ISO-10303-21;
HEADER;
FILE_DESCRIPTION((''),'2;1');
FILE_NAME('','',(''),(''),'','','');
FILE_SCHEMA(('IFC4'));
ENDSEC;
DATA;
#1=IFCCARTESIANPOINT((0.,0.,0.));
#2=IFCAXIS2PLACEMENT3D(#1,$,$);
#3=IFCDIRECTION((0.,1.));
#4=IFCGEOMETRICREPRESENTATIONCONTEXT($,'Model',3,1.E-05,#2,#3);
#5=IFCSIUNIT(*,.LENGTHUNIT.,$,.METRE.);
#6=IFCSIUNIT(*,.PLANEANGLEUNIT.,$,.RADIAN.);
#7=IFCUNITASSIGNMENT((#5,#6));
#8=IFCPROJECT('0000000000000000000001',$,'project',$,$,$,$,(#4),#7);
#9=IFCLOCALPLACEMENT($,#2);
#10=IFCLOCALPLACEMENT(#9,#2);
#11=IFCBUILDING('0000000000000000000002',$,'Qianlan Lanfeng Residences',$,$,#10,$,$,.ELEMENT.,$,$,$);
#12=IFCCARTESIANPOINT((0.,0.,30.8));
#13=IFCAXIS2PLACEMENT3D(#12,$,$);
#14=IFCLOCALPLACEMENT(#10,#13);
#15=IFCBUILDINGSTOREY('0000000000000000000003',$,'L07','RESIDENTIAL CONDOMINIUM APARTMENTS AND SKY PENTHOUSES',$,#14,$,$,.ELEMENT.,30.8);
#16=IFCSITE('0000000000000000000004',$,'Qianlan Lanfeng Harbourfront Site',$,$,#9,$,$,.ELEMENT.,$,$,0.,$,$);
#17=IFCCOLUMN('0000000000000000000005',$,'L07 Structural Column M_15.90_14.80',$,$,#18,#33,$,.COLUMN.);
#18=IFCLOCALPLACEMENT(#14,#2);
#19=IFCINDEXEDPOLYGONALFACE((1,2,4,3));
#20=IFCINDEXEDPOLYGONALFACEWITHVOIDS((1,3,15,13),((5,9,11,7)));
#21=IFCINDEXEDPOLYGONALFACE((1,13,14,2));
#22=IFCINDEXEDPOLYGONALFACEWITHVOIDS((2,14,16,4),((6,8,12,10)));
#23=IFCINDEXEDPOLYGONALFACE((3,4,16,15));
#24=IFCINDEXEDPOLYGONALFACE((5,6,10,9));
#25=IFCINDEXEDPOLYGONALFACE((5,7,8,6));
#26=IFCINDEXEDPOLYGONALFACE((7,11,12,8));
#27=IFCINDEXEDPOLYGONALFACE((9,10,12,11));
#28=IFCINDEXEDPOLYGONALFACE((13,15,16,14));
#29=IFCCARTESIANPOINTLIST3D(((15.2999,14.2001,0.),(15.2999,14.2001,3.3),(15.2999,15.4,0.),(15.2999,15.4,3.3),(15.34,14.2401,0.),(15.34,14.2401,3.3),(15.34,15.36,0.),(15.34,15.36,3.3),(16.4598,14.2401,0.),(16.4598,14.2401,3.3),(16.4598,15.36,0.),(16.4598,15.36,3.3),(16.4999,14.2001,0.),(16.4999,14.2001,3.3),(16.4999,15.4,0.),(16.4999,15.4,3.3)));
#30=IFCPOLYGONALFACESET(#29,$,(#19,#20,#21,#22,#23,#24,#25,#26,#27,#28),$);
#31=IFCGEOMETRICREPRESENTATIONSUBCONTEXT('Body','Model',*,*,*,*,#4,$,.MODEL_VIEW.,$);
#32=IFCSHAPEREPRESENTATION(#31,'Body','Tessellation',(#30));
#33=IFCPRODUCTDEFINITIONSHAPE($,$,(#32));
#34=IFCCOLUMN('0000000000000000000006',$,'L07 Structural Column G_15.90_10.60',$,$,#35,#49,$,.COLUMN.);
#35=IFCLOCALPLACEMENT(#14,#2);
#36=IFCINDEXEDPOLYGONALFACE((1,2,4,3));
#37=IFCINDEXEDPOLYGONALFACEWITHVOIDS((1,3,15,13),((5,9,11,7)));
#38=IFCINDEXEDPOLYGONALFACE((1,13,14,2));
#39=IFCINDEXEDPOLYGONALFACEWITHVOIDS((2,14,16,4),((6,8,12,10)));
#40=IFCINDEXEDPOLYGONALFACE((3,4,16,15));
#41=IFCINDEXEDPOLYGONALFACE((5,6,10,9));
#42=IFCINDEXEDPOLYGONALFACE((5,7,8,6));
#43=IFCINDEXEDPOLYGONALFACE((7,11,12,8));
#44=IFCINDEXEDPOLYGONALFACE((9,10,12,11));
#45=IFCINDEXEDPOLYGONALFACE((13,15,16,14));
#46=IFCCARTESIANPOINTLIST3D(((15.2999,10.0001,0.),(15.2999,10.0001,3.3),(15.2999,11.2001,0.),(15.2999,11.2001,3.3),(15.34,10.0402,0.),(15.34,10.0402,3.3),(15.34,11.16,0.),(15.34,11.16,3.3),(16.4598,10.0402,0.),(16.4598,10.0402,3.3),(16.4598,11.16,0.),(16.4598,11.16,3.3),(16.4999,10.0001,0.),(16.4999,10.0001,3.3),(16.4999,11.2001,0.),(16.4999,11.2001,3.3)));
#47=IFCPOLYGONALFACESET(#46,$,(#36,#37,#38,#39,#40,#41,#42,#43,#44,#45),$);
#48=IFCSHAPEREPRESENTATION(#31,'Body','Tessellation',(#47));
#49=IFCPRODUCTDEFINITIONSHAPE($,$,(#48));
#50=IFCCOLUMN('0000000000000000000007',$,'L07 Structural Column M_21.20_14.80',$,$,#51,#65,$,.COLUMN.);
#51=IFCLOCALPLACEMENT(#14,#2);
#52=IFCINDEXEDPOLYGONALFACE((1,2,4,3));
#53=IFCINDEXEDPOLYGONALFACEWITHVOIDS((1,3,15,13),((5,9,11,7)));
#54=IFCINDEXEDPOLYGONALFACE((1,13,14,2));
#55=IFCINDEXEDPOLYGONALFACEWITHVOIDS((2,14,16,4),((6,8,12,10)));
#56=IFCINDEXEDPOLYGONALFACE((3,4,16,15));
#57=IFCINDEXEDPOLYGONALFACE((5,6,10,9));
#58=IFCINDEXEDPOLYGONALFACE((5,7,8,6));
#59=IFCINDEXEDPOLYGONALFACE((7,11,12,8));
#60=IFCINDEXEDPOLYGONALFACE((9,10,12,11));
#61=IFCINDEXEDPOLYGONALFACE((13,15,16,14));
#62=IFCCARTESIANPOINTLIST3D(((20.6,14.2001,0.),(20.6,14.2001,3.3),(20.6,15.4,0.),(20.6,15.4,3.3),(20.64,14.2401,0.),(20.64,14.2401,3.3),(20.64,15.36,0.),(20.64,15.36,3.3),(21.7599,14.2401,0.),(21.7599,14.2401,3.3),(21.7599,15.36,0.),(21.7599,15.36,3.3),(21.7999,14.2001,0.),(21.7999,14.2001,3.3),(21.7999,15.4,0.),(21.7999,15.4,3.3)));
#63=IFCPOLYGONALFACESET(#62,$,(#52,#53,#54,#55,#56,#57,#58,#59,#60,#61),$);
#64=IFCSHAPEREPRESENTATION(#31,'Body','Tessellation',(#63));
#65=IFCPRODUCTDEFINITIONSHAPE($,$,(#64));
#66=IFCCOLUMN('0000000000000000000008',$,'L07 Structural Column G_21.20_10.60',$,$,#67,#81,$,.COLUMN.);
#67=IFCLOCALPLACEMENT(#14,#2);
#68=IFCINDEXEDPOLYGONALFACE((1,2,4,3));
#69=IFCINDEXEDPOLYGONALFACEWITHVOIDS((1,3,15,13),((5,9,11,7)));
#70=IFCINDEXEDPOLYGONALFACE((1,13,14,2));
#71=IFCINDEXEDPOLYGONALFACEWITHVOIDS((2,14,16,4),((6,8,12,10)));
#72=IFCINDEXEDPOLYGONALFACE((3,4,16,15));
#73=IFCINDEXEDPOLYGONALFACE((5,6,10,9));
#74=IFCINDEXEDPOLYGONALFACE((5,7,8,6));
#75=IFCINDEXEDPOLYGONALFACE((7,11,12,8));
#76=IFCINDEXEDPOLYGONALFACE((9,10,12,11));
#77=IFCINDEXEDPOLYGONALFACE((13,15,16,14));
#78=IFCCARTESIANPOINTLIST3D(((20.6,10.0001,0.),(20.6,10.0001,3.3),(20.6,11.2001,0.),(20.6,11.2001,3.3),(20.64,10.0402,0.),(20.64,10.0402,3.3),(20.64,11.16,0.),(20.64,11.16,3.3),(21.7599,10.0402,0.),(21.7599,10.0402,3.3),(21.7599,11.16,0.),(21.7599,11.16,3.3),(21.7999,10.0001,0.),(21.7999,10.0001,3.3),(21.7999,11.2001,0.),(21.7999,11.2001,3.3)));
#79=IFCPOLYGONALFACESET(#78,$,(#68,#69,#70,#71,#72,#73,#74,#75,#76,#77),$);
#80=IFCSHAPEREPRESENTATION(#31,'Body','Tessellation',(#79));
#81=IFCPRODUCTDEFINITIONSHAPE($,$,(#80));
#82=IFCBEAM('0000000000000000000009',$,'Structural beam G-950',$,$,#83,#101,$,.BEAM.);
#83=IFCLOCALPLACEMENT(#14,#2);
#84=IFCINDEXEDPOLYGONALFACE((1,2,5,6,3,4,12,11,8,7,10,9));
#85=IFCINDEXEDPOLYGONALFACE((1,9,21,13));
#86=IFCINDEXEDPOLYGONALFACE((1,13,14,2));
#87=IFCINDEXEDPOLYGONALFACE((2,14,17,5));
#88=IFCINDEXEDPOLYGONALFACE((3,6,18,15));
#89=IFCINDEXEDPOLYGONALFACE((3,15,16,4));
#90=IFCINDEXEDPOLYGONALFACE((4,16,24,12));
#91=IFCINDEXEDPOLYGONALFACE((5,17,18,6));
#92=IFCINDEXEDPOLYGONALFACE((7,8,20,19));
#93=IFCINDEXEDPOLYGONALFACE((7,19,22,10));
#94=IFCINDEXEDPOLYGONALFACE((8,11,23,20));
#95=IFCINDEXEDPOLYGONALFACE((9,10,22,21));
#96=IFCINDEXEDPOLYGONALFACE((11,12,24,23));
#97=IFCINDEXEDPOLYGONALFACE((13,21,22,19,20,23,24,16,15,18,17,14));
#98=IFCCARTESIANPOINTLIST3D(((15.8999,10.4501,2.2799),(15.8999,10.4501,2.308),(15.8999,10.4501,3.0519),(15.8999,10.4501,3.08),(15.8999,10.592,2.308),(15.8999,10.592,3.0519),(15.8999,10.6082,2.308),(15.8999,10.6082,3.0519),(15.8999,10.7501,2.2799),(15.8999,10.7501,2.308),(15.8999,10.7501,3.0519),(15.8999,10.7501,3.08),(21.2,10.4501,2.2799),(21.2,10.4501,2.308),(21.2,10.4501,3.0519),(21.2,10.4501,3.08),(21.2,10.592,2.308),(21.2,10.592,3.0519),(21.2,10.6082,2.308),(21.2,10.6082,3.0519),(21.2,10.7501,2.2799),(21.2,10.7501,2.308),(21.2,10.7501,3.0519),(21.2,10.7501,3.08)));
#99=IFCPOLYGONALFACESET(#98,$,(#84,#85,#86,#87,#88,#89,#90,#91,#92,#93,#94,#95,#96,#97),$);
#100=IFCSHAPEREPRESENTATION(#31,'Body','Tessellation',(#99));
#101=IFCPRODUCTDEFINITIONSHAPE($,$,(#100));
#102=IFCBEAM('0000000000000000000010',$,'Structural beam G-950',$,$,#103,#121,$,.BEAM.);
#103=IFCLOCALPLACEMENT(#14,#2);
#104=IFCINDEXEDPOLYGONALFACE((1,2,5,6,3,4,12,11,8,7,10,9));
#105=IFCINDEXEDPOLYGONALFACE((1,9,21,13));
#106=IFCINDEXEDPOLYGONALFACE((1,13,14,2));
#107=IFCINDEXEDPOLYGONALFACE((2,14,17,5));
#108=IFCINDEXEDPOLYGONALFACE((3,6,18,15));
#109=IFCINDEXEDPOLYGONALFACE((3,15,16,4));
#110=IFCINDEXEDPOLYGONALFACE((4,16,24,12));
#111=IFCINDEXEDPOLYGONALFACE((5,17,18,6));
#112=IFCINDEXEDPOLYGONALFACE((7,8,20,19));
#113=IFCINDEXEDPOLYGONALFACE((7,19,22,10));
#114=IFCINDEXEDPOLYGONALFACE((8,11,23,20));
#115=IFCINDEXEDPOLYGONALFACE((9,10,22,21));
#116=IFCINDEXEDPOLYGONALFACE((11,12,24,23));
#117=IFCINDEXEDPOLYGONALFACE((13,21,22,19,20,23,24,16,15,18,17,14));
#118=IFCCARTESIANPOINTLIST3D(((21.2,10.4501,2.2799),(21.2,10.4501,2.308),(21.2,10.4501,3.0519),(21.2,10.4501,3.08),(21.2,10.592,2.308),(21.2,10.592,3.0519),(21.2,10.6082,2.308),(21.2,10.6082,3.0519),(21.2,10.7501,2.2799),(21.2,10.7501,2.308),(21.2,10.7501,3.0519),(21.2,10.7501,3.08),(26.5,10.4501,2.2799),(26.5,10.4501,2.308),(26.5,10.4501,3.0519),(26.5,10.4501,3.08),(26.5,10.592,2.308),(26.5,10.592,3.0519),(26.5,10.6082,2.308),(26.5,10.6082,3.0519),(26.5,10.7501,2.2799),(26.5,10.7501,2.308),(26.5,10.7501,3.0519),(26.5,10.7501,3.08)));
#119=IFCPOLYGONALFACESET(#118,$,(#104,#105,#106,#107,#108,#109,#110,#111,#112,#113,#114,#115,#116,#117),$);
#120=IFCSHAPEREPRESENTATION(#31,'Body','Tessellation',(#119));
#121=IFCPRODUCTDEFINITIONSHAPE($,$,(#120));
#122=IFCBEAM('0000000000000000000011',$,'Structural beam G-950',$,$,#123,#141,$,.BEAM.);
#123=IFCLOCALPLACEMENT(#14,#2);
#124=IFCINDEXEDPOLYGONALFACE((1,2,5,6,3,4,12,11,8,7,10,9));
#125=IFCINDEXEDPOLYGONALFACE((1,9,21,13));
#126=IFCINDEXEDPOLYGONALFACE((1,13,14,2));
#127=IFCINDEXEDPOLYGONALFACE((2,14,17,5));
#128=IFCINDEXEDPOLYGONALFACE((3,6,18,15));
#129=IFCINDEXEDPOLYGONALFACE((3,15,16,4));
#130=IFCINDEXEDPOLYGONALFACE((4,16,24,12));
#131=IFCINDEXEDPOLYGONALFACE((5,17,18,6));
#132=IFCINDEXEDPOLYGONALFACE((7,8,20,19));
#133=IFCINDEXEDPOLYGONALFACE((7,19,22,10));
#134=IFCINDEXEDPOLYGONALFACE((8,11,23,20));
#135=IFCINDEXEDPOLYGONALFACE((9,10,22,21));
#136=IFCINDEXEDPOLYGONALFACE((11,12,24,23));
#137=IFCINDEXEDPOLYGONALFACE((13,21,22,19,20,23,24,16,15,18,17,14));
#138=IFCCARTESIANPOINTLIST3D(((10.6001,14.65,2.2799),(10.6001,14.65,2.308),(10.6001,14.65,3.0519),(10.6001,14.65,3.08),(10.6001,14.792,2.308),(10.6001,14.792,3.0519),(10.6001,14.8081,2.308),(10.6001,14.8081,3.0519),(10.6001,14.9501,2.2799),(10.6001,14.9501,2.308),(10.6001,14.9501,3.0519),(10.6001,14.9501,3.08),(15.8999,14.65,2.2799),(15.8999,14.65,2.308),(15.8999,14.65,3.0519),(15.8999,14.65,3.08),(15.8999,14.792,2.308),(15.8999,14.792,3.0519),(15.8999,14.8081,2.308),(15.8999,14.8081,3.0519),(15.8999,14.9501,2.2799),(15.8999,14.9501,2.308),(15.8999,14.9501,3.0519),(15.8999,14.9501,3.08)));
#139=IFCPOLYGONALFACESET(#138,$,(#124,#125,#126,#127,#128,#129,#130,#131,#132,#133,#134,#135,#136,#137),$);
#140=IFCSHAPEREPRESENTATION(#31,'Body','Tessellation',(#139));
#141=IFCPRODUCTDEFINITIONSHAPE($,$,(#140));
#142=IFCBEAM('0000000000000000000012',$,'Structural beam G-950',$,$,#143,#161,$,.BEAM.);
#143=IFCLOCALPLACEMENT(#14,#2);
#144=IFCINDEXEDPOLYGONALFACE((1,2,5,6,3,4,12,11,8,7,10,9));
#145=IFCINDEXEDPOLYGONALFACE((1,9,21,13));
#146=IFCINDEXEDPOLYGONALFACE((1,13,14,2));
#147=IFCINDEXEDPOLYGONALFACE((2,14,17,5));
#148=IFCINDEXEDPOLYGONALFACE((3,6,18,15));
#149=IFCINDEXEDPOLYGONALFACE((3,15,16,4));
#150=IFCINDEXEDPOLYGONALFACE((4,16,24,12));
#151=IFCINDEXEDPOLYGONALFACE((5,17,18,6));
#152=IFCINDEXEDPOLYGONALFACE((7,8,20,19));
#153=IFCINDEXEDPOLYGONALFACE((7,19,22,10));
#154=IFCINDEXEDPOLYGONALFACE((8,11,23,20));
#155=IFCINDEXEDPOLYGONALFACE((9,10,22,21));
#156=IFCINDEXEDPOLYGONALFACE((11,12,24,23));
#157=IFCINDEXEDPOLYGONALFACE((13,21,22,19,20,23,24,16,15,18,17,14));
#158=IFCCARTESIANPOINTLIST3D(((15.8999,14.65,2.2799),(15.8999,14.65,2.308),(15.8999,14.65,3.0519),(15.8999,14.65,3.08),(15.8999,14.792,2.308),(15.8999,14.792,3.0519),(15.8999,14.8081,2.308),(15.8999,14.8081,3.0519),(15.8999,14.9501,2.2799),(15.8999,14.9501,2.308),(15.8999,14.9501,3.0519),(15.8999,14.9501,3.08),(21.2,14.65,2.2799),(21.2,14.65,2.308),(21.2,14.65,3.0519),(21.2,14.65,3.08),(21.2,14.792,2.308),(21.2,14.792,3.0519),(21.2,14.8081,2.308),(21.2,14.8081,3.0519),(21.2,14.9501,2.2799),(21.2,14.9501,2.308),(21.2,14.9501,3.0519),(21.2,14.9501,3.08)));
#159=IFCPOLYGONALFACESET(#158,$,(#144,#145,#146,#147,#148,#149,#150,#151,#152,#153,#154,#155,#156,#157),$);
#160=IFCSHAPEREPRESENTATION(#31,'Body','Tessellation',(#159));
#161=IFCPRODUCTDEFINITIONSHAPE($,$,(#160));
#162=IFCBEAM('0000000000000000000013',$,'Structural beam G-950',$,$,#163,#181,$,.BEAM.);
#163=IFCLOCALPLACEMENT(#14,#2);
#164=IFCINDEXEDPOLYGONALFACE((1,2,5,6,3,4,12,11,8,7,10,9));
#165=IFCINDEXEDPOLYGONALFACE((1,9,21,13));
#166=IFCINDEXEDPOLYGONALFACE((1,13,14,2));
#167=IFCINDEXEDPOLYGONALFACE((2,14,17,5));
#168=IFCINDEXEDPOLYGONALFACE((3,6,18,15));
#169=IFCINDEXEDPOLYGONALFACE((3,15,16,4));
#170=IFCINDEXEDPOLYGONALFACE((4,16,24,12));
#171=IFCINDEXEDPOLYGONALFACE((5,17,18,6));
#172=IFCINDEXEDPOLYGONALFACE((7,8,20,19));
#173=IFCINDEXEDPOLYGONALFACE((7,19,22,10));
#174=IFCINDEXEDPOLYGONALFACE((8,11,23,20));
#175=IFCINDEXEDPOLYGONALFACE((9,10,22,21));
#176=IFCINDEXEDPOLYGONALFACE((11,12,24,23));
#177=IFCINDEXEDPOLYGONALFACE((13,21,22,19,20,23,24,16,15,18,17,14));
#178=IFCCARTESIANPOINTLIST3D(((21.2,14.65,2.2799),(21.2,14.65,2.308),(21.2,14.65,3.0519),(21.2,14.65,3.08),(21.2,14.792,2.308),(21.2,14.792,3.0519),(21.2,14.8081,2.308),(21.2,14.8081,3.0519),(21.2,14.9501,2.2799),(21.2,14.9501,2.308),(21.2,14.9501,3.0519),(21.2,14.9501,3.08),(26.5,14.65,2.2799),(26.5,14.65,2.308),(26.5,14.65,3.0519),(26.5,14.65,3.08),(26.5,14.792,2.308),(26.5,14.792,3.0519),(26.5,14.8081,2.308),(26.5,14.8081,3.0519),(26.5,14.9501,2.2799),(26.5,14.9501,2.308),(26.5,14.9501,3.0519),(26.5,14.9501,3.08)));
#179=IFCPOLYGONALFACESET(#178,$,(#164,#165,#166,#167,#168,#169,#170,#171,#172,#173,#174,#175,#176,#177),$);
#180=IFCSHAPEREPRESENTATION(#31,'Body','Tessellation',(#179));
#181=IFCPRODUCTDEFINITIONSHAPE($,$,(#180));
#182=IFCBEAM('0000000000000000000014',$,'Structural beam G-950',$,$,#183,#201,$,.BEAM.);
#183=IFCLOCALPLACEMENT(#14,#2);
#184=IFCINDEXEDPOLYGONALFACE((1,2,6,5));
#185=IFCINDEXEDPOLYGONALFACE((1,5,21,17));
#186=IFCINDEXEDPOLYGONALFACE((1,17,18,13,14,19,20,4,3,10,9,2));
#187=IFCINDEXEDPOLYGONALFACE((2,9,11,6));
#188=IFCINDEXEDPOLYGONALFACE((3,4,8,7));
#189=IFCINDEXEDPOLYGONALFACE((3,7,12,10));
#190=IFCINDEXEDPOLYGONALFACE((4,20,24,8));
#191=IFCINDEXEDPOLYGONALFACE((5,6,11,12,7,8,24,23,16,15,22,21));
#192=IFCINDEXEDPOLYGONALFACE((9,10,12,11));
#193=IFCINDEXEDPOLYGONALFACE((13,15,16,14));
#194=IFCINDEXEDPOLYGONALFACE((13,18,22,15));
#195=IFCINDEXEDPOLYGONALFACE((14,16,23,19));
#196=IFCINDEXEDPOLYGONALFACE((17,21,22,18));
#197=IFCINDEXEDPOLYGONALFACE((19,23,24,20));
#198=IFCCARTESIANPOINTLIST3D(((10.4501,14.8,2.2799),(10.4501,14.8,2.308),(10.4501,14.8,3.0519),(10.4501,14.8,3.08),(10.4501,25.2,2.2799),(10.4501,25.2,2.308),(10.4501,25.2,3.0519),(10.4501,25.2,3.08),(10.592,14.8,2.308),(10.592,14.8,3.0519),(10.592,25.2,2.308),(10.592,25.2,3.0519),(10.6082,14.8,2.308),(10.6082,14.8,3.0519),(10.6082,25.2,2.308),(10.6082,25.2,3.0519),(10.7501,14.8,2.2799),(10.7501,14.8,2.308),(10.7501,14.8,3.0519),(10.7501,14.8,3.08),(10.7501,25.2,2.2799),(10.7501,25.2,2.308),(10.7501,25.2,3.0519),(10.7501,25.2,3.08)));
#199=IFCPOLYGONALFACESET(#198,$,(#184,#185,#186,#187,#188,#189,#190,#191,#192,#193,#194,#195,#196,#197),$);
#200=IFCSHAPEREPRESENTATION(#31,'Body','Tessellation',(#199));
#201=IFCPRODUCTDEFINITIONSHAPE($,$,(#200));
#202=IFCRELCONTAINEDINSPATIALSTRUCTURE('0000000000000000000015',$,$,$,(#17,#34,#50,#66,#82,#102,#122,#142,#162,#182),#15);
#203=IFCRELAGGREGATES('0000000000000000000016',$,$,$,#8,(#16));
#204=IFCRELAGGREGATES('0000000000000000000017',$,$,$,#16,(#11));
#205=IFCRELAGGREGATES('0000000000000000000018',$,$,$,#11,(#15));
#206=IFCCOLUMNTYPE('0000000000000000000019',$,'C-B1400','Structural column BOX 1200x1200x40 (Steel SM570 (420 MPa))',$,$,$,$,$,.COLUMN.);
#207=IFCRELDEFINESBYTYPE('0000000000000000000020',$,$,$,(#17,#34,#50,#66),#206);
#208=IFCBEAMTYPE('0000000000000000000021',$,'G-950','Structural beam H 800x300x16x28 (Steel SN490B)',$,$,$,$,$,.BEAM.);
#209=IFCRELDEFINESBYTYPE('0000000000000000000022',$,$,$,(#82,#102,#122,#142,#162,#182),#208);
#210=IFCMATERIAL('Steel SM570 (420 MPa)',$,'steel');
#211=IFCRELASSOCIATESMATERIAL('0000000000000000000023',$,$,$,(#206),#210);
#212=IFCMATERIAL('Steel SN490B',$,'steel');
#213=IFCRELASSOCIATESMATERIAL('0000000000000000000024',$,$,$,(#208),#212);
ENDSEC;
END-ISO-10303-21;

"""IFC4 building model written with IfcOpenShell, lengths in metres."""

from ifc_helpers import new_model, si_unit, direction, frame, origin, origin_2d, place, context, subcontext, project, spatial, hollow_rectangle, i_section, extrude, material, material_profile, profile_set, type_object, element, save


model = new_model("IFC4")

# Units and contexts
model_context = context("Model", 3, precision=1e-05, world=origin(), true_north=direction((0.0, 1.0)))
body_context = subcontext(model_context, "Body", "Model", "MODEL_VIEW")
ifc_project = project(units=[si_unit("LENGTHUNIT", "METRE"), si_unit("PLANEANGLEUNIT", "RADIAN")], contexts=[model_context])

# Site, building, storey
site_placement = place(None, origin())
site = spatial("IfcSite", under=ifc_project, at=site_placement, Name="Qianlan Lanfeng Harbourfront Site", CompositionType="ELEMENT", RefElevation=0.0)
building_placement = place(site_placement, origin())
building = spatial("IfcBuilding", under=site, at=building_placement, Name="Qianlan Lanfeng Residences", CompositionType="ELEMENT")
storey_placement = place(building_placement, frame((0.0, 0.0, 30.8)))
storey = spatial("IfcBuildingStorey", under=building, at=storey_placement, Name="L07", Description="RESIDENTIAL CONDOMINIUM APARTMENTS AND SKY PENTHOUSES", CompositionType="ELEMENT", Elevation=30.8)

# Columns
ifc_material_1 = material(Name="Steel SM570 (420 MPa)", Category="steel")
ifc_material_profile_1 = material_profile(ifc_material_1, hollow_rectangle(XDim=1.2, YDim=1.2, WallThickness=0.04, at=origin_2d()), Name="BOX 1200x1200x40")
ifc_profile_set_1 = profile_set([ifc_material_profile_1], Name="Steel SM570 (420 MPa)")
column_type = type_object("IfcColumnType", Name="C-B1400", Description="Structural column BOX 1200x1200x40 (Steel SM570 (420 MPa))", PredefinedType="COLUMN", material=ifc_profile_set_1)
for number, where, z_axis, x_axis, name in (
    (1, (15.8999, 14.8, 0.0), (0.0, 0.0, 1.0), (1.0, 0.0, 0.0), "L07 Structural Column M_15.90_14.80"),
    (2, (15.8999, 10.6001, 0.0), (0.0, 0.0, 1.0), (1.0, 0.0, 0.0), "L07 Structural Column G_15.90_10.60"),
    (3, (21.2, 14.8, 0.0), (0.0, 0.0, 1.0), (1.0, 0.0, 0.0), "L07 Structural Column M_21.20_14.80"),
    (4, (21.2, 10.6001, 0.0), (0.0, 0.0, 1.0), (1.0, 0.0, 0.0), "L07 Structural Column G_21.20_10.60"),
):
    element("IfcColumn", number, at=place(storey_placement, frame(where, z_axis=z_axis, x_axis=x_axis)), inside=storey, type_object=column_type, Name=name, PredefinedType="COLUMN", context=body_context, shape_type="SweptSolid", body=[
        extrude(hollow_rectangle(XDim=1.2, YDim=1.2, WallThickness=0.04, at=origin_2d()), origin(), (0.0, 0.0, 1.0), 3.3),
    ])

# Beams
ifc_material_2 = material(Name="Steel SN490B", Category="steel")
ifc_material_profile_2 = material_profile(ifc_material_2, i_section(OverallWidth=0.3, OverallDepth=0.8, WebThickness=0.0161, FlangeThickness=0.0281, at=origin_2d()), Name="H 800x300x16x28")
ifc_profile_set_2 = profile_set([ifc_material_profile_2], Name="Steel SN490B")
beam_type_1 = type_object("IfcBeamType", Name="G-950", Description="Structural beam H 800x300x16x28 (Steel SN490B)", PredefinedType="BEAM", material=ifc_profile_set_2)
for number, where, z_axis, x_axis, name in (
    (5, (15.8999, 10.6001, 2.6799), (1.0, 0.0, 0.0), (0.0, 1.0, 0.0), "Structural beam G-950"),
    (6, (21.2, 10.6001, 2.6799), (1.0, 0.0, 0.0), (0.0, 1.0, 0.0), "Structural beam G-950"),
):
    element("IfcBeam", number, at=place(storey_placement, frame(where, z_axis=z_axis, x_axis=x_axis)), inside=storey, type_object=beam_type_1, Name=name, PredefinedType="BEAM", context=body_context, shape_type="SweptSolid", body=[
        extrude(i_section(OverallWidth=0.3, OverallDepth=0.8, WebThickness=0.0161, FlangeThickness=0.0281, at=origin_2d()), origin(), (0.0, 0.0, 1.0), 5.3),
    ])
beam_1_placement = place(storey_placement, frame((10.6001, 14.8, 2.6799), z_axis=(1.0, 0.0, 0.0), x_axis=(0.0, 1.0, 0.0)))
element("IfcBeam", 7, at=beam_1_placement, inside=storey, type_object=beam_type_1, Name="Structural beam G-950", PredefinedType="BEAM", context=body_context, shape_type="SweptSolid", body=[
    extrude(i_section(OverallWidth=0.3, OverallDepth=0.8, WebThickness=0.0161, FlangeThickness=0.0281, at=origin_2d()), origin(), (0.0, 0.0, 1.0), 5.2998),
])
for number, where, z_axis, x_axis, name in (
    (8, (15.8999, 14.8, 2.6799), (1.0, 0.0, 0.0), (0.0, 1.0, 0.0), "Structural beam G-950"),
    (9, (21.2, 14.8, 2.6799), (1.0, 0.0, 0.0), (0.0, 1.0, 0.0), "Structural beam G-950"),
):
    element("IfcBeam", number, at=place(storey_placement, frame(where, z_axis=z_axis, x_axis=x_axis)), inside=storey, type_object=beam_type_1, Name=name, PredefinedType="BEAM", context=body_context, shape_type="SweptSolid", body=[
        extrude(i_section(OverallWidth=0.3, OverallDepth=0.8, WebThickness=0.0161, FlangeThickness=0.0281, at=origin_2d()), origin(), (0.0, 0.0, 1.0), 5.3),
    ])
beam_2_placement = place(storey_placement, frame((10.6001, 14.8, 2.6799), z_axis=(0.0, 1.0, 0.0), x_axis=(-1.0, 0.0, 0.0)))
element("IfcBeam", 10, at=beam_2_placement, inside=storey, type_object=beam_type_1, Name="Structural beam G-950", PredefinedType="BEAM", context=body_context, shape_type="SweptSolid", body=[
    extrude(i_section(OverallWidth=0.3, OverallDepth=0.8, WebThickness=0.0161, FlangeThickness=0.0281, at=origin_2d()), origin(), (0.0, 0.0, 1.0), 10.3999),
])

save(model, "model.ifc")
